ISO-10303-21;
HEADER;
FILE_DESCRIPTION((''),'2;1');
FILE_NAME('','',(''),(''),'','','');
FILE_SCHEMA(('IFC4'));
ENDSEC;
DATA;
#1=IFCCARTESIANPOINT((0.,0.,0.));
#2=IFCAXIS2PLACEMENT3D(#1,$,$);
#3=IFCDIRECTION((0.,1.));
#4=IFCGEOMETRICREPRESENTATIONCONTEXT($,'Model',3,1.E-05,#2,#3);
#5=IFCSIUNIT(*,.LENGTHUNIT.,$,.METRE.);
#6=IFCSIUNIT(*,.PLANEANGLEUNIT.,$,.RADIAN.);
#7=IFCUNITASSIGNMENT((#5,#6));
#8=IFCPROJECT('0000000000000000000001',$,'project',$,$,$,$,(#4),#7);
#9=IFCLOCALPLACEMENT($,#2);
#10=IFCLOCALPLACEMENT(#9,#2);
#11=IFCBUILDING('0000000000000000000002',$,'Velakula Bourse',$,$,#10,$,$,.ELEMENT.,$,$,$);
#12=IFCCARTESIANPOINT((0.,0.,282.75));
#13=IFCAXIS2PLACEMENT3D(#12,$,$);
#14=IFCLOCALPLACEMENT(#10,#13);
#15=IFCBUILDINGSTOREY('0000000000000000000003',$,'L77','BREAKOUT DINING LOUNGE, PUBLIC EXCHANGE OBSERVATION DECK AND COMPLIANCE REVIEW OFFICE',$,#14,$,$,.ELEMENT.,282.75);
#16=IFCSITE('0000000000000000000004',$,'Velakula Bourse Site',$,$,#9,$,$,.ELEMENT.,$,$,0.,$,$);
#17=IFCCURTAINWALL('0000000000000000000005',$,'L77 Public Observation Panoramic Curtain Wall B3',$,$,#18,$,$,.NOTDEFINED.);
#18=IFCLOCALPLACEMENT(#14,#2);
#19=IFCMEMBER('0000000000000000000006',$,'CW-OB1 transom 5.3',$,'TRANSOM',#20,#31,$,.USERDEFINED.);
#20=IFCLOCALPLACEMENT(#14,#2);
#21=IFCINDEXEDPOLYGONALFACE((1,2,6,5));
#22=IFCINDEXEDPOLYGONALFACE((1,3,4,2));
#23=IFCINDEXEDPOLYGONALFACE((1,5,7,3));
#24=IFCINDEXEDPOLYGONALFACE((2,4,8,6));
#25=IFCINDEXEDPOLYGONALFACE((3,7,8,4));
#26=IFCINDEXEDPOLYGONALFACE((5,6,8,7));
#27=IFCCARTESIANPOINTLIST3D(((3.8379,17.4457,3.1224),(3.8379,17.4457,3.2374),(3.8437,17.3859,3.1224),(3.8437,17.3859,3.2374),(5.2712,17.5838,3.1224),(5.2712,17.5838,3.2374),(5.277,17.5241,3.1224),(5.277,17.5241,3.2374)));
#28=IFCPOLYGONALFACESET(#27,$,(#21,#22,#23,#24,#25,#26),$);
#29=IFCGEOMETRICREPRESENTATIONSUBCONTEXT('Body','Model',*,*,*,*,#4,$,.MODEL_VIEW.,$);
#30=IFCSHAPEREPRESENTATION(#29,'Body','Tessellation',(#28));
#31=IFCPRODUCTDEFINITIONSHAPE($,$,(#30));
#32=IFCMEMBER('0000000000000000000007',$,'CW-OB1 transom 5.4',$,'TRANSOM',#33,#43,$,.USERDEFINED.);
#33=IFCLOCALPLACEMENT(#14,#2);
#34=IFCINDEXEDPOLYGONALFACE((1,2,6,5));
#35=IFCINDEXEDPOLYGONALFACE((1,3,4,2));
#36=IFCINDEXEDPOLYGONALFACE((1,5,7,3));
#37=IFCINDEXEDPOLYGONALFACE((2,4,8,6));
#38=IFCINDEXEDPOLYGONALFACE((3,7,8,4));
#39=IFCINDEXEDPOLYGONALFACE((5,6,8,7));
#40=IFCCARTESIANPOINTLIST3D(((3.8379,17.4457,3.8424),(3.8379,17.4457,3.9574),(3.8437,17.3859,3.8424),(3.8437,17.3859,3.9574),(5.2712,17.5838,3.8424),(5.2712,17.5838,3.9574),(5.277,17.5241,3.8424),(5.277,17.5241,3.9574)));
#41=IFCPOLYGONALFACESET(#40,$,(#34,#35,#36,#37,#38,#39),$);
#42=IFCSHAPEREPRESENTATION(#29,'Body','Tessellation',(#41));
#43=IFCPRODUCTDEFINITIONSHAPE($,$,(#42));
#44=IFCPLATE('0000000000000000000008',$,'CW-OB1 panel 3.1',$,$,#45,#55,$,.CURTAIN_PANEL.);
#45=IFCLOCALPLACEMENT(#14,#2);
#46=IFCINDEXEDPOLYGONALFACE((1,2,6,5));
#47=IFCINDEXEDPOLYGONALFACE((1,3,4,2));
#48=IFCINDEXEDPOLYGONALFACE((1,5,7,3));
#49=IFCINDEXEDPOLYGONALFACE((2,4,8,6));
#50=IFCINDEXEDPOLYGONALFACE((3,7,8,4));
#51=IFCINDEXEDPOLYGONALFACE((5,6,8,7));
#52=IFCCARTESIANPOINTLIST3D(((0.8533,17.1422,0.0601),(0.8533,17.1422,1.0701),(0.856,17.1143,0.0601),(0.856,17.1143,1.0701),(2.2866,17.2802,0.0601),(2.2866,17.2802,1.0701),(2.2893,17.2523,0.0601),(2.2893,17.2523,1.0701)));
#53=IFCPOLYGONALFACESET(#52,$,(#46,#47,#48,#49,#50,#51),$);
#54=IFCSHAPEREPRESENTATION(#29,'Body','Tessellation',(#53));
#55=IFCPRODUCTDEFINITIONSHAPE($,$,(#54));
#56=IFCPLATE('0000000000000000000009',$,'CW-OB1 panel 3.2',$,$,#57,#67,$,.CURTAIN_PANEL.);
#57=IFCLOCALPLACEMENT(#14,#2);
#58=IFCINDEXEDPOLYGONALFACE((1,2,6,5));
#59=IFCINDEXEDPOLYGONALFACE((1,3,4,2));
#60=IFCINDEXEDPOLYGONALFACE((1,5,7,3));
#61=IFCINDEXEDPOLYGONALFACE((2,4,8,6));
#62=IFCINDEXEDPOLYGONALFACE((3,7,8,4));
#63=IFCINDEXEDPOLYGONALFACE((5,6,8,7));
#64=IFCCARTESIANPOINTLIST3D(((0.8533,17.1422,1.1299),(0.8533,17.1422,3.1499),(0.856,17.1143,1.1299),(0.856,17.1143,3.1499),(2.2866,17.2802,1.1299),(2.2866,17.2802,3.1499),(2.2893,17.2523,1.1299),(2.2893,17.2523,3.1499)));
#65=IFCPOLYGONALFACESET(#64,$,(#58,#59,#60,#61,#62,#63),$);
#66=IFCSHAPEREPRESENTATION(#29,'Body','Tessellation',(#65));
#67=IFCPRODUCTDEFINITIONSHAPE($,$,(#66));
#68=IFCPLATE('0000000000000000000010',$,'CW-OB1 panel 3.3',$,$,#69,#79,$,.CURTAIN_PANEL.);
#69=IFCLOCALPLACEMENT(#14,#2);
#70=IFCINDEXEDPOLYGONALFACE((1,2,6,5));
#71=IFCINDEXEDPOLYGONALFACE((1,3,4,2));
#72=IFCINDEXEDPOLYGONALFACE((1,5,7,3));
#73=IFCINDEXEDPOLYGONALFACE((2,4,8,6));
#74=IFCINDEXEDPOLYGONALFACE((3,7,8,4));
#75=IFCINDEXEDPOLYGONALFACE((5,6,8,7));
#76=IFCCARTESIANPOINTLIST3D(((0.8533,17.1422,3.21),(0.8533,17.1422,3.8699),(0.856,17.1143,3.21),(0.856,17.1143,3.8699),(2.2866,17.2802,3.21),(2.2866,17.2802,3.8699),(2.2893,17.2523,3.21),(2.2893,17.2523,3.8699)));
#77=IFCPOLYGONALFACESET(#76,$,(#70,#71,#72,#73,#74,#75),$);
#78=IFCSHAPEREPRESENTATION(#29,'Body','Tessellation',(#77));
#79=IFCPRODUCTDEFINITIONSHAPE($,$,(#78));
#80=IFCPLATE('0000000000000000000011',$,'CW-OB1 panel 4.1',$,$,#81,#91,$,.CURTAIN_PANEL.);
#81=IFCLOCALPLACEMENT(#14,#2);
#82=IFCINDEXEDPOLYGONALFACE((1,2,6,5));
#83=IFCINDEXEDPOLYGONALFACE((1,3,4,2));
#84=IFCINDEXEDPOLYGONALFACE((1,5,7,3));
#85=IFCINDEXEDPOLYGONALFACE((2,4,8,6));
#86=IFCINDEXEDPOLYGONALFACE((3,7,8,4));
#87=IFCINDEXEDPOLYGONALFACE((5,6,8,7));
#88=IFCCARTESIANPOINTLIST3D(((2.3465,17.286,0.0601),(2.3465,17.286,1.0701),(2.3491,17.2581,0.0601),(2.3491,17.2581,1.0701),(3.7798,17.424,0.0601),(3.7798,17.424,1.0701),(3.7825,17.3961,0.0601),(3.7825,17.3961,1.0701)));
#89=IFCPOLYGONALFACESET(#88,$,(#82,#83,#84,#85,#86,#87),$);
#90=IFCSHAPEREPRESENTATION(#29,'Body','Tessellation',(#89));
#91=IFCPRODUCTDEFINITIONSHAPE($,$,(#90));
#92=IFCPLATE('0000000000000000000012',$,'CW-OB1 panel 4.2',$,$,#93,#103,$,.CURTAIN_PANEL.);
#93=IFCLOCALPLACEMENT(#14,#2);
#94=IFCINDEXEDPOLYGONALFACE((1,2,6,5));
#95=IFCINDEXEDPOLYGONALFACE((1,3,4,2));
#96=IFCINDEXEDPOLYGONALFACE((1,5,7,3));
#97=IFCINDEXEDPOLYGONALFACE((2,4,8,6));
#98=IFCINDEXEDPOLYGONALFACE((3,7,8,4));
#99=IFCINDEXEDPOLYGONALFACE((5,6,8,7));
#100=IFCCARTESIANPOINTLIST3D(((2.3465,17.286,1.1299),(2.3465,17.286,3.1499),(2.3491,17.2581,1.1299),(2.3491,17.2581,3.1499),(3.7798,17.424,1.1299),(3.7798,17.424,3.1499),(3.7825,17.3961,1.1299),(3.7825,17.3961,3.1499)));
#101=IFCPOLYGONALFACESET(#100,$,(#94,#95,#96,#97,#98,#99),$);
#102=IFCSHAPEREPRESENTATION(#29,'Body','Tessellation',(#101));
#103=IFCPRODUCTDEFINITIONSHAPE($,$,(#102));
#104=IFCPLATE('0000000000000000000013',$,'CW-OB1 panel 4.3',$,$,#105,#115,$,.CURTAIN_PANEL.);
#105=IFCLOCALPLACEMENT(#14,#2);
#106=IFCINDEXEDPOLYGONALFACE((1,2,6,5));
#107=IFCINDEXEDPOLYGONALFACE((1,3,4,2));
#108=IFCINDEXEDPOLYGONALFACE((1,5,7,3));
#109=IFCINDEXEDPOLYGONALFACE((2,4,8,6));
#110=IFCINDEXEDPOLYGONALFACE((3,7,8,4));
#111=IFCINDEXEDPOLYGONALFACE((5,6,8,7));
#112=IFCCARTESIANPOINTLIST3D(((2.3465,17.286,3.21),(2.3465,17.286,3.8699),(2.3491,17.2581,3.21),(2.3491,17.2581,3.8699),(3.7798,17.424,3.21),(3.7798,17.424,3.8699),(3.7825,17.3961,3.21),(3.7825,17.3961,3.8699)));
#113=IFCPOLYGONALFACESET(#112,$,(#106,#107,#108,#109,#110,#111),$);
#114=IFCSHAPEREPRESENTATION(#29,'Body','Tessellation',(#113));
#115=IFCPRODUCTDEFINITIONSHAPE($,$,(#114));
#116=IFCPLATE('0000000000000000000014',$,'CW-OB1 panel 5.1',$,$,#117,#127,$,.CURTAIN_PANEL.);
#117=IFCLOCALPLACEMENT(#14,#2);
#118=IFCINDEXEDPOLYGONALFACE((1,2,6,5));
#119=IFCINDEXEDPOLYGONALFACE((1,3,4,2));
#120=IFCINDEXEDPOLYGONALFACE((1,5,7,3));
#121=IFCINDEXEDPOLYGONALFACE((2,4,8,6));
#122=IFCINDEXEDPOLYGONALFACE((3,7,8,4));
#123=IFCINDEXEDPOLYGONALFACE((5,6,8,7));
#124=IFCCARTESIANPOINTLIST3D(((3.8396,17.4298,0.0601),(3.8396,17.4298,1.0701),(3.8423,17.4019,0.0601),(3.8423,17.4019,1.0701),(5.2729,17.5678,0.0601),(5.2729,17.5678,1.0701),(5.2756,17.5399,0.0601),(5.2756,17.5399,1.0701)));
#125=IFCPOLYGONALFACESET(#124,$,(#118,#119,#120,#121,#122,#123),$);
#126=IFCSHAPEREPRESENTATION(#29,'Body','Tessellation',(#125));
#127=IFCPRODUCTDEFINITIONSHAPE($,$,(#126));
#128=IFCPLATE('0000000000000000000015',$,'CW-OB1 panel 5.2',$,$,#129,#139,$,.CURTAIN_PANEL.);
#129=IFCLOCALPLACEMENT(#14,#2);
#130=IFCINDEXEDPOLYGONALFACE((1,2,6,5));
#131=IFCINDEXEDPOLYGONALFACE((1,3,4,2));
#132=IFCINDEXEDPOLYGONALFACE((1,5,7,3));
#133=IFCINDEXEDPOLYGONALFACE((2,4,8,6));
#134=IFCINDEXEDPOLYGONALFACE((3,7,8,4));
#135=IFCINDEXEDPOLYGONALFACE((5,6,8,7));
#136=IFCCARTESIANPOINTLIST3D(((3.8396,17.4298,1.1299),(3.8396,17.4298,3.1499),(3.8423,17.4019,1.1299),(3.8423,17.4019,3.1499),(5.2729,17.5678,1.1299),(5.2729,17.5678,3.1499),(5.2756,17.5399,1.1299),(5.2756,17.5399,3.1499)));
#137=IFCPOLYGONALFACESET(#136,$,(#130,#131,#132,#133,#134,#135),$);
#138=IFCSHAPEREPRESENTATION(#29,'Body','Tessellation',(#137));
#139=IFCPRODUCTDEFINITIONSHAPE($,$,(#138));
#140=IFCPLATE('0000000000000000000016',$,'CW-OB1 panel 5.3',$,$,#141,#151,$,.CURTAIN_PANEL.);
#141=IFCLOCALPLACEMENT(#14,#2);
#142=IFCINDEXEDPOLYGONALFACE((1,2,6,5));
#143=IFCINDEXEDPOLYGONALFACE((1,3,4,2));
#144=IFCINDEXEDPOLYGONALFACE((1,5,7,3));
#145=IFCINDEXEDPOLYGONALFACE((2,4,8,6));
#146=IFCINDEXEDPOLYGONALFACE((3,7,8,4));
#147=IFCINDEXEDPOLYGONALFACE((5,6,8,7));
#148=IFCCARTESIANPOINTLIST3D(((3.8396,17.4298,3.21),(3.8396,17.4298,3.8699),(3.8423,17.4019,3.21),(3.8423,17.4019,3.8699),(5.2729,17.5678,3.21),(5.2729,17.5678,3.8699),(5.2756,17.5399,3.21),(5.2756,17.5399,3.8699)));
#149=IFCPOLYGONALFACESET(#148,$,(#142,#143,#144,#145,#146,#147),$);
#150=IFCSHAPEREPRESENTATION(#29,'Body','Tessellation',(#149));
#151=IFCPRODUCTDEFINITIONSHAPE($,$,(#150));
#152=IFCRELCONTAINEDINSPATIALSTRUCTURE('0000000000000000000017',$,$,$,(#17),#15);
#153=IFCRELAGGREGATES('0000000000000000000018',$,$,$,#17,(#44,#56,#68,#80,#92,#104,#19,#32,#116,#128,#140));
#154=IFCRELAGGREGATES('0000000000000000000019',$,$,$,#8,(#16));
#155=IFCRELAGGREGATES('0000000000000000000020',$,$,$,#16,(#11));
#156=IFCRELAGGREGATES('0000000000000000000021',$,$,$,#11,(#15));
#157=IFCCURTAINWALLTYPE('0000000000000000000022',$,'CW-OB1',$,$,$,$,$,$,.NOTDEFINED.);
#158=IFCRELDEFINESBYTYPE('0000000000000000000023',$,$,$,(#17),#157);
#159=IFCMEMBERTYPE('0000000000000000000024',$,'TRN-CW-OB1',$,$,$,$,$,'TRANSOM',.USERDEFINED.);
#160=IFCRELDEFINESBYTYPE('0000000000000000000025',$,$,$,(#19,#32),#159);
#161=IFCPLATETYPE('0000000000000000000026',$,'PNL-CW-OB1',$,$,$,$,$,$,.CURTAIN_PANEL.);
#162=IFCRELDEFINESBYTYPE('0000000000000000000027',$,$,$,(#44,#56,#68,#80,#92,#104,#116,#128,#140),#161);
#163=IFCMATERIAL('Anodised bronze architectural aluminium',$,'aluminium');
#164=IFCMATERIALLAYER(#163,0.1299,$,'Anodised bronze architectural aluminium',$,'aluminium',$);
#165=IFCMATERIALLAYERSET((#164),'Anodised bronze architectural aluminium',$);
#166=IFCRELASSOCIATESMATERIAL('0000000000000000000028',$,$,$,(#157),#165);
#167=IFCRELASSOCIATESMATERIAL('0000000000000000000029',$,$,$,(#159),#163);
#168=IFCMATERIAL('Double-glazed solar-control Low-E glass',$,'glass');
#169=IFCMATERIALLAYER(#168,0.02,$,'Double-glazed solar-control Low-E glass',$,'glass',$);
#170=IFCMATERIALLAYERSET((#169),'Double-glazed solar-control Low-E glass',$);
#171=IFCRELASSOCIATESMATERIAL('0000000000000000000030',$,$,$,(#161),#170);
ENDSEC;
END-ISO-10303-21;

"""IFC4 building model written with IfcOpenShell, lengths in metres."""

from ifc_helpers import new_model, si_unit, direction, frame, origin, origin_2d, place, context, subcontext, project, spatial, rectangle, extrude, material, layer, layer_set, material_profile, profile_set, type_object, element, aggregate, save


model = new_model("IFC4")

# Units and contexts
model_context = context("Model", 3, precision=1e-05, world=origin(), true_north=direction((0.0, 1.0)))
body_context = subcontext(model_context, "Body", "Model", "MODEL_VIEW")
ifc_project = project(units=[si_unit("LENGTHUNIT", "METRE"), si_unit("PLANEANGLEUNIT", "RADIAN")], contexts=[model_context])

# Site, building, storey
site_placement = place(None, origin())
site = spatial("IfcSite", under=ifc_project, at=site_placement, Name="Velakula Bourse Site", CompositionType="ELEMENT", RefElevation=0.0)
building_placement = place(site_placement, origin())
building = spatial("IfcBuilding", under=site, at=building_placement, Name="Velakula Bourse", CompositionType="ELEMENT")
storey_placement = place(building_placement, frame((0.0, 0.0, 282.75)))
storey = spatial("IfcBuildingStorey", under=building, at=storey_placement, Name="L77", Description="BREAKOUT DINING LOUNGE, PUBLIC EXCHANGE OBSERVATION DECK AND COMPLIANCE REVIEW OFFICE", CompositionType="ELEMENT", Elevation=282.75)

# Curtain wall, members, plates
ifc_material_1 = material(Name="Anodised bronze architectural aluminium", Category="aluminium")
ifc_layer_1 = layer(ifc_material_1, 0.1299, Name="Anodised bronze architectural aluminium", Category="aluminium")
ifc_layer_set_1 = layer_set([ifc_layer_1], Name="Anodised bronze architectural aluminium")
curtain_wall_type = type_object("IfcCurtainWallType", Name="CW-OB1", PredefinedType="NOTDEFINED", material=ifc_layer_set_1)
curtain_wall_placement = place(storey_placement, origin())
curtain_wall = element("IfcCurtainWall", 1, at=curtain_wall_placement, inside=storey, type_object=curtain_wall_type, Name="L77 Public Observation Panoramic Curtain Wall B3", PredefinedType="NOTDEFINED")
ifc_material_profile_1 = material_profile(ifc_material_1, rectangle(XDim=0.0601, YDim=0.115, at=origin_2d()), Name="Anodised bronze architectural aluminium")
ifc_profile_set_1 = profile_set([ifc_material_profile_1], Name="Anodised bronze architectural aluminium")
member_type_1 = type_object("IfcMemberType", Name="TRN-CW-OB1", ElementType="TRANSOM", PredefinedType="USERDEFINED", material=ifc_profile_set_1)
member_1_placement = place(storey_placement, frame((3.8408, 17.4158, 3.1799), z_axis=(0.995385, 0.095961, 0.0), x_axis=(-0.095961, 0.995385, 0.0)))
member_1 = element("IfcMember", 2, at=member_1_placement, type_object=member_type_1, Name="CW-OB1 transom 5.3", ObjectType="TRANSOM", PredefinedType="USERDEFINED", context=body_context, shape_type="SweptSolid", body=[
    extrude(rectangle(XDim=0.0601, YDim=0.115, at=origin_2d()), origin(), (0.0, 0.0, 1.0), 1.4399),
])
member_2_placement = place(storey_placement, frame((3.8408, 17.4158, 3.8999), z_axis=(0.995385, 0.095961, 0.0), x_axis=(-0.095961, 0.995385, 0.0)))
member_2 = element("IfcMember", 3, at=member_2_placement, type_object=member_type_1, Name="CW-OB1 transom 5.4", ObjectType="TRANSOM", PredefinedType="USERDEFINED", context=body_context, shape_type="SweptSolid", body=[
    extrude(rectangle(XDim=0.0601, YDim=0.115, at=origin_2d()), origin(), (0.0, 0.0, 1.0), 1.4399),
])
ifc_material_2 = material(Name="Double-glazed solar-control Low-E glass", Category="glass")
ifc_layer_2 = layer(ifc_material_2, 0.02, Name="Double-glazed solar-control Low-E glass", Category="glass")
ifc_layer_set_2 = layer_set([ifc_layer_2], Name="Double-glazed solar-control Low-E glass")
plate_type = type_object("IfcPlateType", Name="PNL-CW-OB1", PredefinedType="CURTAIN_PANEL", material=ifc_layer_set_2)
plate_1_placement = place(storey_placement, frame((1.5713, 17.1973, 0.0601), z_axis=(0.0, 0.0, 1.0), x_axis=(0.995396, 0.095844, 0.0)))
plate_1 = element("IfcPlate", 4, at=plate_1_placement, type_object=plate_type, Name="CW-OB1 panel 3.1", PredefinedType="CURTAIN_PANEL", context=body_context, shape_type="SweptSolid", body=[
    extrude(rectangle(XDim=1.4399, YDim=0.0281, at=origin_2d()), origin(), (0.0, 0.0, 1.0), 1.01),
])
plate_2_placement = place(storey_placement, frame((1.5713, 17.1973, 1.1299), z_axis=(0.0, 0.0, 1.0), x_axis=(0.995396, 0.095844, 0.0)))
plate_2 = element("IfcPlate", 5, at=plate_2_placement, type_object=plate_type, Name="CW-OB1 panel 3.2", PredefinedType="CURTAIN_PANEL", context=body_context, shape_type="SweptSolid", body=[
    extrude(rectangle(XDim=1.4399, YDim=0.0281, at=origin_2d()), origin(), (0.0, 0.0, 1.0), 2.02),
])
plate_3_placement = place(storey_placement, frame((1.5713, 17.1973, 3.21), z_axis=(0.0, 0.0, 1.0), x_axis=(0.995396, 0.095844, 0.0)))
plate_3 = element("IfcPlate", 6, at=plate_3_placement, type_object=plate_type, Name="CW-OB1 panel 3.3", PredefinedType="CURTAIN_PANEL", context=body_context, shape_type="SweptSolid", body=[
    extrude(rectangle(XDim=1.4399, YDim=0.0281, at=origin_2d()), origin(), (0.0, 0.0, 1.0), 0.6599),
])
plate_4_placement = place(storey_placement, frame((3.0645, 17.3411, 0.0601), z_axis=(0.0, 0.0, 1.0), x_axis=(0.995396, 0.095844, 0.0)))
plate_4 = element("IfcPlate", 7, at=plate_4_placement, type_object=plate_type, Name="CW-OB1 panel 4.1", PredefinedType="CURTAIN_PANEL", context=body_context, shape_type="SweptSolid", body=[
    extrude(rectangle(XDim=1.4399, YDim=0.0281, at=origin_2d()), origin(), (0.0, 0.0, 1.0), 1.01),
])
plate_5_placement = place(storey_placement, frame((3.0645, 17.3411, 1.1299), z_axis=(0.0, 0.0, 1.0), x_axis=(0.995396, 0.095844, 0.0)))
plate_5 = element("IfcPlate", 8, at=plate_5_placement, type_object=plate_type, Name="CW-OB1 panel 4.2", PredefinedType="CURTAIN_PANEL", context=body_context, shape_type="SweptSolid", body=[
    extrude(rectangle(XDim=1.4399, YDim=0.0281, at=origin_2d()), origin(), (0.0, 0.0, 1.0), 2.02),
])
plate_6_placement = place(storey_placement, frame((3.0645, 17.3411, 3.21), z_axis=(0.0, 0.0, 1.0), x_axis=(0.995396, 0.095844, 0.0)))
plate_6 = element("IfcPlate", 9, at=plate_6_placement, type_object=plate_type, Name="CW-OB1 panel 4.3", PredefinedType="CURTAIN_PANEL", context=body_context, shape_type="SweptSolid", body=[
    extrude(rectangle(XDim=1.4399, YDim=0.0281, at=origin_2d()), origin(), (0.0, 0.0, 1.0), 0.6599),
])
plate_7_placement = place(storey_placement, frame((4.5576, 17.4849, 0.0601), z_axis=(0.0, 0.0, 1.0), x_axis=(0.995396, 0.095844, 0.0)))
plate_7 = element("IfcPlate", 10, at=plate_7_placement, type_object=plate_type, Name="CW-OB1 panel 5.1", PredefinedType="CURTAIN_PANEL", context=body_context, shape_type="SweptSolid", body=[
    extrude(rectangle(XDim=1.4399, YDim=0.0281, at=origin_2d()), origin(), (0.0, 0.0, 1.0), 1.01),
])
plate_8_placement = place(storey_placement, frame((4.5576, 17.4849, 1.1299), z_axis=(0.0, 0.0, 1.0), x_axis=(0.995396, 0.095844, 0.0)))
plate_8 = element("IfcPlate", 11, at=plate_8_placement, type_object=plate_type, Name="CW-OB1 panel 5.2", PredefinedType="CURTAIN_PANEL", context=body_context, shape_type="SweptSolid", body=[
    extrude(rectangle(XDim=1.4399, YDim=0.0281, at=origin_2d()), origin(), (0.0, 0.0, 1.0), 2.02),
])
plate_9_placement = place(storey_placement, frame((4.5576, 17.4849, 3.21), z_axis=(0.0, 0.0, 1.0), x_axis=(0.995396, 0.095844, 0.0)))
plate_9 = element("IfcPlate", 12, at=plate_9_placement, type_object=plate_type, Name="CW-OB1 panel 5.3", PredefinedType="CURTAIN_PANEL", context=body_context, shape_type="SweptSolid", body=[
    extrude(rectangle(XDim=1.4399, YDim=0.0281, at=origin_2d()), origin(), (0.0, 0.0, 1.0), 0.6599),
])
aggregate(curtain_wall, [plate_1, plate_2, plate_3, plate_4, plate_5, plate_6, member_1, member_2, plate_7, plate_8, plate_9])

save(model, "model.ifc")
